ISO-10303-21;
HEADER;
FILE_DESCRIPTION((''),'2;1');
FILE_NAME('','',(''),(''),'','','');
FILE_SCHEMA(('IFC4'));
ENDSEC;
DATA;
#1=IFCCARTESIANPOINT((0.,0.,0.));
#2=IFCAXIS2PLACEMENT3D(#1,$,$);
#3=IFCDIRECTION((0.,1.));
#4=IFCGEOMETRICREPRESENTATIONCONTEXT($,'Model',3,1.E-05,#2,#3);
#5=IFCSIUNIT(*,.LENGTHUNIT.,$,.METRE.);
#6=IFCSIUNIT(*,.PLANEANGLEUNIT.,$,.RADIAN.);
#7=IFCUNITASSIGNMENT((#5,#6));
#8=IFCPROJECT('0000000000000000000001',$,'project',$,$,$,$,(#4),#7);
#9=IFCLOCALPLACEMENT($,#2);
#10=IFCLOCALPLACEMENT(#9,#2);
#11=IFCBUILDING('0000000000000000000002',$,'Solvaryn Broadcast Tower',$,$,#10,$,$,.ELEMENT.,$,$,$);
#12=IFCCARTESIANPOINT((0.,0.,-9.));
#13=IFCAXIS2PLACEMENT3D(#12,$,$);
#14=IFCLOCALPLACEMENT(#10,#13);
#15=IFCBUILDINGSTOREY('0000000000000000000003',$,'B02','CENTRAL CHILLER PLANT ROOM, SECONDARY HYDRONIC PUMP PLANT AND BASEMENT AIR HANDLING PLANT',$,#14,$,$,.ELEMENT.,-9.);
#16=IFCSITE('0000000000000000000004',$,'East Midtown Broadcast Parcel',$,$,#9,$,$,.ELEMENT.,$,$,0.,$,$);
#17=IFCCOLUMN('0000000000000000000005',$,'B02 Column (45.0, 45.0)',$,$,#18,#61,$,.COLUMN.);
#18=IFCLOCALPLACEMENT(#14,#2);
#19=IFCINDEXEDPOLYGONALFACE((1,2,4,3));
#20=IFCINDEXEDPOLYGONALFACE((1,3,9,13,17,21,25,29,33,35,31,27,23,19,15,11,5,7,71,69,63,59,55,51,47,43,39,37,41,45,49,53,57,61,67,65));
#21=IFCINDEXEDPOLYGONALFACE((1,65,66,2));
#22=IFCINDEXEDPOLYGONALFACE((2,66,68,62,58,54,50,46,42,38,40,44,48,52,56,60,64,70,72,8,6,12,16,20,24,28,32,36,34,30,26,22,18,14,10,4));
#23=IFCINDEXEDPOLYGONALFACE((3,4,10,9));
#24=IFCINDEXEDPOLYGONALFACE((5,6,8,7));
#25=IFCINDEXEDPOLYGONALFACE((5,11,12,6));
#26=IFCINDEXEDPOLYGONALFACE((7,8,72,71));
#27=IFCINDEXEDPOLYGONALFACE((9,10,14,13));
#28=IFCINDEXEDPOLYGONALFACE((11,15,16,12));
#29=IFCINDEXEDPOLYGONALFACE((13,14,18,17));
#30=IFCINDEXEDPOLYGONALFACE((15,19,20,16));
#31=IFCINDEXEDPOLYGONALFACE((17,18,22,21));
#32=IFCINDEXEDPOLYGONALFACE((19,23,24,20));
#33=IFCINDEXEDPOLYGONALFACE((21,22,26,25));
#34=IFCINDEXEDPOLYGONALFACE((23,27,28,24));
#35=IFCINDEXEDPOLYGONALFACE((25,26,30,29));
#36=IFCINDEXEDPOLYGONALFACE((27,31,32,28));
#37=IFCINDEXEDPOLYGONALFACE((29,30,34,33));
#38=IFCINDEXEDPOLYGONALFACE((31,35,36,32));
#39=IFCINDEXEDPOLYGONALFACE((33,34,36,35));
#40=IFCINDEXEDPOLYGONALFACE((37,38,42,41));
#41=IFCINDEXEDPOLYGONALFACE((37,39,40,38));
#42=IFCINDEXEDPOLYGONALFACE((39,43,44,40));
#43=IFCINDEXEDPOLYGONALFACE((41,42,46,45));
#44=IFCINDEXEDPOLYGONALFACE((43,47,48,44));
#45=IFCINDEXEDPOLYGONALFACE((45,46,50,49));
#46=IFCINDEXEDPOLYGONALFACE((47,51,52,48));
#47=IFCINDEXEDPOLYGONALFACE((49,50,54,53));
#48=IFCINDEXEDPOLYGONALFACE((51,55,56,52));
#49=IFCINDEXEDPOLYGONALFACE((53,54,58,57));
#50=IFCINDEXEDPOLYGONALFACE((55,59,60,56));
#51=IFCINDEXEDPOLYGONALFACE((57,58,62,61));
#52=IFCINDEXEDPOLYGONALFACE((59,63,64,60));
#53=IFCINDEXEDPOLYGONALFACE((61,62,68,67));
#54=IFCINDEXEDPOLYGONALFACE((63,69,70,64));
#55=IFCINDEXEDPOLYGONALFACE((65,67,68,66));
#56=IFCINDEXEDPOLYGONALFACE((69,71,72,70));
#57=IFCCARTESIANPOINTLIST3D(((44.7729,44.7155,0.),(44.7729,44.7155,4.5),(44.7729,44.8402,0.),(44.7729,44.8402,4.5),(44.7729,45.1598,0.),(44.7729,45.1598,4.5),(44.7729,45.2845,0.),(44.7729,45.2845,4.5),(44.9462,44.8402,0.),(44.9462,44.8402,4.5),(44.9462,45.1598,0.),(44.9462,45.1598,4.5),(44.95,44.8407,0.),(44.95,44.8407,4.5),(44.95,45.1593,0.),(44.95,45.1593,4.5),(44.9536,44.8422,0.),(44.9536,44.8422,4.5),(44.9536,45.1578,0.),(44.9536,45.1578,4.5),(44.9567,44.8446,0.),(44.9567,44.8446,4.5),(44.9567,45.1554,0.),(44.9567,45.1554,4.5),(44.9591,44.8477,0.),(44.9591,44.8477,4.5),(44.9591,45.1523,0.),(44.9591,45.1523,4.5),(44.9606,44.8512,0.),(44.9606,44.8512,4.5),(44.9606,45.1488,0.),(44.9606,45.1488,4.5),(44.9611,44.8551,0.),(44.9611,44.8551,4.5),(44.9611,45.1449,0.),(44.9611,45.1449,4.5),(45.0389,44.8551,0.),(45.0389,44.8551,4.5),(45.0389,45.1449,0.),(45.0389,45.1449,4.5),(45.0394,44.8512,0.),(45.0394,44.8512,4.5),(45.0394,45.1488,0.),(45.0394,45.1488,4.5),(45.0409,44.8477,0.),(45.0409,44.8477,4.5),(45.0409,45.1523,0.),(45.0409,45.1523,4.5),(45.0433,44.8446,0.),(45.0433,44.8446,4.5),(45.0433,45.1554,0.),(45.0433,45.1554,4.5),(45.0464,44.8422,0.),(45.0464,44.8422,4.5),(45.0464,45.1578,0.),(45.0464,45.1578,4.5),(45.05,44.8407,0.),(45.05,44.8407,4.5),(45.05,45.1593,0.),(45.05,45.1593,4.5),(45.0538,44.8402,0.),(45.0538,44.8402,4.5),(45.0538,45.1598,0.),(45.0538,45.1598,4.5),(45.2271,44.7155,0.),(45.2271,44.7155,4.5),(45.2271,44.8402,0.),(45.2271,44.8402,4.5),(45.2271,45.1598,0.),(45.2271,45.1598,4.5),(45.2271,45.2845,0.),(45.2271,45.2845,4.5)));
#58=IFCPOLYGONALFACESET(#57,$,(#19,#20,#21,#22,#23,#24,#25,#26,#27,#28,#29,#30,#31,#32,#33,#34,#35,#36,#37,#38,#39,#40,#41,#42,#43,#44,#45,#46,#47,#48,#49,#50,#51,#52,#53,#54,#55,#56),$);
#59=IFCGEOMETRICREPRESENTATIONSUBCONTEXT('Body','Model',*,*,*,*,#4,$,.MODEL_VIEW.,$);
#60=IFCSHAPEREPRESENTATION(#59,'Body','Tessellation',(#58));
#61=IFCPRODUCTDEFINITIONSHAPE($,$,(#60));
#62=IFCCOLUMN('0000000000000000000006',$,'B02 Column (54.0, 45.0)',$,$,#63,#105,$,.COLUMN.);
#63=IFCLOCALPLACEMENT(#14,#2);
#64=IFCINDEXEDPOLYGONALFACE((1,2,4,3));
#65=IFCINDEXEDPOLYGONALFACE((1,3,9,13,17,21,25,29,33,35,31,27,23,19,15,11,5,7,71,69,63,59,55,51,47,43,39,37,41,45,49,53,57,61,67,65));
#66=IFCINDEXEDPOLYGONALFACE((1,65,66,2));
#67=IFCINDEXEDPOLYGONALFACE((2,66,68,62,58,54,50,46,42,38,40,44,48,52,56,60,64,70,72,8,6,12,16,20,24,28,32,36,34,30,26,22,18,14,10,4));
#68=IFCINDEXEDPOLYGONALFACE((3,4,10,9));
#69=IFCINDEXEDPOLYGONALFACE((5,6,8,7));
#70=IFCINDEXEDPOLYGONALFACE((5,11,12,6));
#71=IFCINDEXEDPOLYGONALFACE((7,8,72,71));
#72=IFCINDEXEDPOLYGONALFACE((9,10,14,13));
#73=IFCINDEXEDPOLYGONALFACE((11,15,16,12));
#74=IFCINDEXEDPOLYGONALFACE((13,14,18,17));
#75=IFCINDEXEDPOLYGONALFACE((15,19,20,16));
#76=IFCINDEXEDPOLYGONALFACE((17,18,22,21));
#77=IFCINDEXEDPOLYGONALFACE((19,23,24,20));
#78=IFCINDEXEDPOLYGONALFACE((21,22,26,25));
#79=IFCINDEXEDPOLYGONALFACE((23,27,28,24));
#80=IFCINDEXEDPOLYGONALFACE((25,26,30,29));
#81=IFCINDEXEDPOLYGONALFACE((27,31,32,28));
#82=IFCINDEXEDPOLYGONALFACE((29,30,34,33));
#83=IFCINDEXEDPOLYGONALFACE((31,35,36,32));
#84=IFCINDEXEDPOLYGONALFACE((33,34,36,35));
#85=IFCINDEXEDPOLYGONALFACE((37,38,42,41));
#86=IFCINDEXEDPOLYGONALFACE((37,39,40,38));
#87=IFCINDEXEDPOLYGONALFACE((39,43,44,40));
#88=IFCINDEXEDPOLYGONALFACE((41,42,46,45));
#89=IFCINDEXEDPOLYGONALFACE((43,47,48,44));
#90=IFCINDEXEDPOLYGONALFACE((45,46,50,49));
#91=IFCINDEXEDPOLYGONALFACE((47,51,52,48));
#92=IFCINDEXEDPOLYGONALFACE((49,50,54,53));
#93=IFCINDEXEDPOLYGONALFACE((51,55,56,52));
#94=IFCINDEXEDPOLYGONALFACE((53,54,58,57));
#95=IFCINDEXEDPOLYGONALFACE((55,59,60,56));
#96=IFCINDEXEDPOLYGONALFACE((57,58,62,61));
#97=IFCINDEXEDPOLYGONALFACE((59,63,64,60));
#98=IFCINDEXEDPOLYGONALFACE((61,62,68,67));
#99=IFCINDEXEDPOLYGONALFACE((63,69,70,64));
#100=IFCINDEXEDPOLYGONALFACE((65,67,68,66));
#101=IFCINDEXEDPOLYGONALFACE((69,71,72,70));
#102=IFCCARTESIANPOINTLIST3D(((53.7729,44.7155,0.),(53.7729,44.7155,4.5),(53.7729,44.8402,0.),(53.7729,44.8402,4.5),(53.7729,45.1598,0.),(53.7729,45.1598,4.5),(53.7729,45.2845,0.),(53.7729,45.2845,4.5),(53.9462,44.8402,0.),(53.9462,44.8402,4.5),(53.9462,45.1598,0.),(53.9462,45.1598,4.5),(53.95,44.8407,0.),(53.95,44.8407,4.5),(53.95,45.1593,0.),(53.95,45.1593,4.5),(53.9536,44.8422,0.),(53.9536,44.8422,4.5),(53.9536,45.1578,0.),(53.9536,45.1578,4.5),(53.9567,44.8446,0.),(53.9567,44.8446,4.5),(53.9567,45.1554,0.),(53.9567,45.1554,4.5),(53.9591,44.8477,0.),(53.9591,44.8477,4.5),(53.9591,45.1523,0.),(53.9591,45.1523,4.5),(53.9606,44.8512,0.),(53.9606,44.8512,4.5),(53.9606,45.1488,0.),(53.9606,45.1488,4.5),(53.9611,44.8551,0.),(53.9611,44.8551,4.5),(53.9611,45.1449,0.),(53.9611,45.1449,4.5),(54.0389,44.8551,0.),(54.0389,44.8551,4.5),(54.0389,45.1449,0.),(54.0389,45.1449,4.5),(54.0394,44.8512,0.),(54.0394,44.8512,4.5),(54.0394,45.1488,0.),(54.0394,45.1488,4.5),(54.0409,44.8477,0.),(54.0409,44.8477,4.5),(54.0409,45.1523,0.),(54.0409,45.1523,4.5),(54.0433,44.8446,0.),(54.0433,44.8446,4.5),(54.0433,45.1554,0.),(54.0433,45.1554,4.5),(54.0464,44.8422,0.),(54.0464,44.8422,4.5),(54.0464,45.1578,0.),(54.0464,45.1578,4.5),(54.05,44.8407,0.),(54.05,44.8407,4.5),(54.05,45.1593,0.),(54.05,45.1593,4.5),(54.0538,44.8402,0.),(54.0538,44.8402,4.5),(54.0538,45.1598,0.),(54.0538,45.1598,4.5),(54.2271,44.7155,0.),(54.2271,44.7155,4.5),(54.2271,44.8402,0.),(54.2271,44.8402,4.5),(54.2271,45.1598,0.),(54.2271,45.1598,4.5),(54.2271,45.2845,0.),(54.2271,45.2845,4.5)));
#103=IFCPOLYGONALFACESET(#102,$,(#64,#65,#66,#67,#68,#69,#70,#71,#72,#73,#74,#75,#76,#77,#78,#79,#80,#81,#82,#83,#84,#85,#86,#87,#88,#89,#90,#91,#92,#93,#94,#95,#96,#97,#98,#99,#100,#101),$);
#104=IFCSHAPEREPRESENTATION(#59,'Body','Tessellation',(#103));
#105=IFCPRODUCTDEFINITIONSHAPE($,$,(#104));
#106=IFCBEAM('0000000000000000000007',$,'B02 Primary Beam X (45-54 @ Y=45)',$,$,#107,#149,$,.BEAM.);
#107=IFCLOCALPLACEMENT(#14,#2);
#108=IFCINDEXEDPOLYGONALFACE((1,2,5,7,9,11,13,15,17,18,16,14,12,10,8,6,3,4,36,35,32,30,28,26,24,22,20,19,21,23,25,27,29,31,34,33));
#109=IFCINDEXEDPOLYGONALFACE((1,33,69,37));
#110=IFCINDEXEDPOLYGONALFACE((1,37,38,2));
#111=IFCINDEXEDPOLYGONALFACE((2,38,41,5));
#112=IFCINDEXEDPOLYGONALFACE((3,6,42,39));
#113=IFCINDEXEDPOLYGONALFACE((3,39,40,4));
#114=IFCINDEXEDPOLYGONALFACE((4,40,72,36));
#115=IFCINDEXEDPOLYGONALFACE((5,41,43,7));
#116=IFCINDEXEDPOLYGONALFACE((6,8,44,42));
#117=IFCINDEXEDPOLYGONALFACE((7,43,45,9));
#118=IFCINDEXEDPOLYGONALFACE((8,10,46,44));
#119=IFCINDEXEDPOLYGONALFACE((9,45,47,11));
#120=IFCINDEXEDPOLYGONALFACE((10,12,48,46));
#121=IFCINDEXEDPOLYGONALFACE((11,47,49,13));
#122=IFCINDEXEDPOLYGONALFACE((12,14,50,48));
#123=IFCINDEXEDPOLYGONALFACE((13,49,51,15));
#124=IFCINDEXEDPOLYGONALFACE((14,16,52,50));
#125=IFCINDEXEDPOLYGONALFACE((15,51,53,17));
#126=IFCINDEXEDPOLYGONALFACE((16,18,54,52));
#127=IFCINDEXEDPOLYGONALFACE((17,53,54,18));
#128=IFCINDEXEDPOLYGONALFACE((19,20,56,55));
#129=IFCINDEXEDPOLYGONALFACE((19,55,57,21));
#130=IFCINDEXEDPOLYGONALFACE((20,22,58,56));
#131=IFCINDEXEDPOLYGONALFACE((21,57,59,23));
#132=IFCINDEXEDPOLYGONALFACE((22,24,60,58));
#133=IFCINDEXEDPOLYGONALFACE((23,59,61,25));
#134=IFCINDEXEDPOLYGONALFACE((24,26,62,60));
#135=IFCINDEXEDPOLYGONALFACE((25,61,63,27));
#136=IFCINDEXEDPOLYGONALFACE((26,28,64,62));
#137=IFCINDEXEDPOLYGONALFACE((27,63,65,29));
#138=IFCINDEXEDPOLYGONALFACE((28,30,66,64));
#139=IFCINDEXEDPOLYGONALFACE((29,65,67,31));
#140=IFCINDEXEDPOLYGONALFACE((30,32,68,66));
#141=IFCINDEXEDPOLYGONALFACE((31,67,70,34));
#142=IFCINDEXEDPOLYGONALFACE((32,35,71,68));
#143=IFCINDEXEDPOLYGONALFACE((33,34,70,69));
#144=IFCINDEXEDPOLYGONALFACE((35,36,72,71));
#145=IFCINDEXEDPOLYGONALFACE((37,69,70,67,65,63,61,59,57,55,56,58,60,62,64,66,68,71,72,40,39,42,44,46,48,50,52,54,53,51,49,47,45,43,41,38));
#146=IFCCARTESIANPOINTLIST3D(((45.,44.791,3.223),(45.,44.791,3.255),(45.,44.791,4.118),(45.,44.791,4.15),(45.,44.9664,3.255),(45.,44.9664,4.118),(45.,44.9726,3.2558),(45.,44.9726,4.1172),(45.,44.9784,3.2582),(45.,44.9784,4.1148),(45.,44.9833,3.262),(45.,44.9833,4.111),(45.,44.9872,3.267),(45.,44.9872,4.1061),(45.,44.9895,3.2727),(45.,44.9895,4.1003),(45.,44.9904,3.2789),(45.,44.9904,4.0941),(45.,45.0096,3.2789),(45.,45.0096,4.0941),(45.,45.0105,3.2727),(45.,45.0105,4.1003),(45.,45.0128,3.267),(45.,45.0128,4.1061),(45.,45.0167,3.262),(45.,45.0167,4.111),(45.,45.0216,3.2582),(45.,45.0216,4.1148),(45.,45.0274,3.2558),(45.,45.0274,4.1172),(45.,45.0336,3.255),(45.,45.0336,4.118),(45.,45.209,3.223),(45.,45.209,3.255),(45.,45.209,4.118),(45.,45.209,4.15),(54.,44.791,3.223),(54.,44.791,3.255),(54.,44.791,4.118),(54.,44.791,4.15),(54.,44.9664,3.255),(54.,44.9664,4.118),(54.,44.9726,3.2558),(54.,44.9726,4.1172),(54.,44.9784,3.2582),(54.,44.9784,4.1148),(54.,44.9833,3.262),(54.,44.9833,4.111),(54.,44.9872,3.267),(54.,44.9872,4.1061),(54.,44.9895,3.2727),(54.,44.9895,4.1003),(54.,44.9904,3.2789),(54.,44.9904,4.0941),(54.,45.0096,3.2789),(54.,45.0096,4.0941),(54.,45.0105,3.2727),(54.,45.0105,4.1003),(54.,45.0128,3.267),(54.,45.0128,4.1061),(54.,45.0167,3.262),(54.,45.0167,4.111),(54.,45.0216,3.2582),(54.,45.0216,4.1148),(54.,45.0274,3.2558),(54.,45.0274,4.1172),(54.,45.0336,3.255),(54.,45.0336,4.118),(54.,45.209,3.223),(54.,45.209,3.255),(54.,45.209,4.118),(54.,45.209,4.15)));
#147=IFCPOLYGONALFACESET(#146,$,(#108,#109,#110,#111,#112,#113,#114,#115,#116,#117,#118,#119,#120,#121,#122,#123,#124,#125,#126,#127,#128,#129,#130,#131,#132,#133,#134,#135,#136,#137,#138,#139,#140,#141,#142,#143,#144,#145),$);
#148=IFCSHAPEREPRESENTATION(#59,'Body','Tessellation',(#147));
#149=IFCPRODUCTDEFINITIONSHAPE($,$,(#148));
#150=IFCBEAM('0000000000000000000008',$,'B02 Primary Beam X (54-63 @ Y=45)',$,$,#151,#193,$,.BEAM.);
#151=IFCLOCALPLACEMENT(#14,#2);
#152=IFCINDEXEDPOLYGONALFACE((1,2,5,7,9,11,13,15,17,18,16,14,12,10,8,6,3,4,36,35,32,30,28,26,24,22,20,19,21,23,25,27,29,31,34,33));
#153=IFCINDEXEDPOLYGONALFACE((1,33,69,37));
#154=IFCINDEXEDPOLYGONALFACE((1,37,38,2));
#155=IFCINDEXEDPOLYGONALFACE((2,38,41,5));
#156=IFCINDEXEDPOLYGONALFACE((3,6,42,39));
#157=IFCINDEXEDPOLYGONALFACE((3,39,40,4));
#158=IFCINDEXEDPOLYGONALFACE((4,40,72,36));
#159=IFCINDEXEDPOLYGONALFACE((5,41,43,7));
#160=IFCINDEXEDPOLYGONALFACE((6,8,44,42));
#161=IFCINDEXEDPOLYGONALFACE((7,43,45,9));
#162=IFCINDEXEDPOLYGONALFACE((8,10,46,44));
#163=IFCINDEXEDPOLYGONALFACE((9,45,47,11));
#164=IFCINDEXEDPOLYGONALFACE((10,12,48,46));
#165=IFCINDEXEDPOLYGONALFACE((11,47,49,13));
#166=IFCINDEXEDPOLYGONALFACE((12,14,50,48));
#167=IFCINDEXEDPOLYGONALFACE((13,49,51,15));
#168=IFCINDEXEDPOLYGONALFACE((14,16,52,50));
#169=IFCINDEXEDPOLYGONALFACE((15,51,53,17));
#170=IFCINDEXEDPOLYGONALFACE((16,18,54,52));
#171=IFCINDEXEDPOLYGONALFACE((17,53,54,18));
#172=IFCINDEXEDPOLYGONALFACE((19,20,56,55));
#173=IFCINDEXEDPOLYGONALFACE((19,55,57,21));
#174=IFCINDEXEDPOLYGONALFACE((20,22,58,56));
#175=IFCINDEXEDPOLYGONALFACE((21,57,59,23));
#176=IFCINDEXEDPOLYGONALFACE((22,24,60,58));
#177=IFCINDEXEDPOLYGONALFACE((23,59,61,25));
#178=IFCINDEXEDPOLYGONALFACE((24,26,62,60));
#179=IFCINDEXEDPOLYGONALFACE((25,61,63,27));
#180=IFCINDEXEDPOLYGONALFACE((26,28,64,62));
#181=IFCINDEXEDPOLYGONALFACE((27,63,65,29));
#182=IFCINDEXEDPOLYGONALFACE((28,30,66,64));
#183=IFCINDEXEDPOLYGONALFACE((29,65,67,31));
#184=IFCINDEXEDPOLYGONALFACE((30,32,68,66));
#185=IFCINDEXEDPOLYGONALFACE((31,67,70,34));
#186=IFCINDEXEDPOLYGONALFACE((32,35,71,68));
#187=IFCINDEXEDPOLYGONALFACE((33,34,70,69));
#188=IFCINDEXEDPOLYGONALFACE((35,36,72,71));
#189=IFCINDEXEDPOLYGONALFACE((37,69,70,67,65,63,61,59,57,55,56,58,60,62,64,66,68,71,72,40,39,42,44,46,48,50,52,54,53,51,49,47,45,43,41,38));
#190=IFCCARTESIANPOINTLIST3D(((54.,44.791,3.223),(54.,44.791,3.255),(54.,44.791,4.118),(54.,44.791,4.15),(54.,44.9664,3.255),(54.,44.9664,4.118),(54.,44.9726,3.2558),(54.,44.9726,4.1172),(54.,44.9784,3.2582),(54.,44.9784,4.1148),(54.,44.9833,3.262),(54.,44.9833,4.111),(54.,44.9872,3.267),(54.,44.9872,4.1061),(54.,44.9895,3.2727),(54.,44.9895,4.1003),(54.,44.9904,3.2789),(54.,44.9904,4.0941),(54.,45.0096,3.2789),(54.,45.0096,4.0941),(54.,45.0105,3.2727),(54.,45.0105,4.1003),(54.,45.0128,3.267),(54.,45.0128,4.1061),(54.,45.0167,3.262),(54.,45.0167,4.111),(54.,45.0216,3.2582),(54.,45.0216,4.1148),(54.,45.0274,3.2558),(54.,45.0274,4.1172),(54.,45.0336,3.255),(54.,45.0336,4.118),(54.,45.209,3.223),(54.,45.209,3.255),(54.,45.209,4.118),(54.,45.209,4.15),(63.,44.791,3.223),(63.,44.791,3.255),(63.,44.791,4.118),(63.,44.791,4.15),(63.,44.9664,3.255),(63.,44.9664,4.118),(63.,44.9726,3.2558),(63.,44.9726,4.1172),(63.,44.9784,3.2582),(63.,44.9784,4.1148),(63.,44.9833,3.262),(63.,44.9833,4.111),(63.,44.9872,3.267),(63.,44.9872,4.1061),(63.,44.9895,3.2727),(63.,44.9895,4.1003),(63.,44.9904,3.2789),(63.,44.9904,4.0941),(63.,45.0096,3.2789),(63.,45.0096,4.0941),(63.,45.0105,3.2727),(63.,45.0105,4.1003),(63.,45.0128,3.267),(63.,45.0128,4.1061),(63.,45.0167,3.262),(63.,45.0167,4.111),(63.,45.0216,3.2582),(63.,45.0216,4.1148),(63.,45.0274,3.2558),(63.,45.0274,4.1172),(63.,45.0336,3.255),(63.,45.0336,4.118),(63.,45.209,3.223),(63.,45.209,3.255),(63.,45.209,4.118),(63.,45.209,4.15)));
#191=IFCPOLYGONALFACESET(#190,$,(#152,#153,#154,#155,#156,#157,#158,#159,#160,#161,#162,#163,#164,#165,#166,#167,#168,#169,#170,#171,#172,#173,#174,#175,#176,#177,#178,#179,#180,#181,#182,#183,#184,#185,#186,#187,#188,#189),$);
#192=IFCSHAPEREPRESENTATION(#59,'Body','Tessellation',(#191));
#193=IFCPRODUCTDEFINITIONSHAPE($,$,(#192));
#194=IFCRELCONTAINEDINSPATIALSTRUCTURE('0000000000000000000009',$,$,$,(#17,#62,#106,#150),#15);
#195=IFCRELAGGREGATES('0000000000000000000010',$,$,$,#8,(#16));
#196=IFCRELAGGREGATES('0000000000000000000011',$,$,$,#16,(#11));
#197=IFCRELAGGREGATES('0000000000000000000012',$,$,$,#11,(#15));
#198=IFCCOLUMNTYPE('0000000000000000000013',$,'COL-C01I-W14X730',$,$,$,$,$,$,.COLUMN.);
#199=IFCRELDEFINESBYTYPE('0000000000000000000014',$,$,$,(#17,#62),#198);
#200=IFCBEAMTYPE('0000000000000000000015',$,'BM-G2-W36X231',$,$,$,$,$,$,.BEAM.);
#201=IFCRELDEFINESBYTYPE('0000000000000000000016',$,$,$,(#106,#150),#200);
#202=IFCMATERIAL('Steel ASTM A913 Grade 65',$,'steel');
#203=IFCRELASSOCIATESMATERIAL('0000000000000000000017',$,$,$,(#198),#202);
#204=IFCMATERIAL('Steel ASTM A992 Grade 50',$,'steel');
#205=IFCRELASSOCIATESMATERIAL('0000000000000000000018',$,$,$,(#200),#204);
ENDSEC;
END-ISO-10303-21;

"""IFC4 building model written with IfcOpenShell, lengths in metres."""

from ifc_helpers import new_model, si_unit, direction, frame, origin, origin_2d, place, context, subcontext, project, spatial, i_section, extrude, material, material_profile, profile_set, type_object, element, save


model = new_model("IFC4")

# Units and contexts
model_context = context("Model", 3, precision=1e-05, world=origin(), true_north=direction((0.0, 1.0)))
body_context = subcontext(model_context, "Body", "Model", "MODEL_VIEW")
ifc_project = project(units=[si_unit("LENGTHUNIT", "METRE"), si_unit("PLANEANGLEUNIT", "RADIAN")], contexts=[model_context])

# Site, building, storey
site_placement = place(None, origin())
site = spatial("IfcSite", under=ifc_project, at=site_placement, Name="East Midtown Broadcast Parcel", CompositionType="ELEMENT", RefElevation=0.0)
building_placement = place(site_placement, origin())
building = spatial("IfcBuilding", under=site, at=building_placement, Name="Solvaryn Broadcast Tower", CompositionType="ELEMENT")
storey_placement = place(building_placement, frame((0.0, 0.0, -9.0)))
storey = spatial("IfcBuildingStorey", under=building, at=storey_placement, Name="B02", Description="CENTRAL CHILLER PLANT ROOM, SECONDARY HYDRONIC PUMP PLANT AND BASEMENT AIR HANDLING PLANT", CompositionType="ELEMENT", Elevation=-9.0)

# Columns
ifc_material_1 = material(Name="Steel ASTM A913 Grade 65", Category="steel")
ifc_material_profile_1 = material_profile(ifc_material_1, i_section(OverallWidth=0.4541, OverallDepth=0.5691, WebThickness=0.0779, FlangeThickness=0.1248, FilletRadius=0.0149, at=origin_2d()))
ifc_profile_set_1 = profile_set([ifc_material_profile_1], Name="Steel ASTM A913 Grade 65")
column_type_1 = type_object("IfcColumnType", Name="COL-C01I-W14X730", PredefinedType="COLUMN", material=ifc_profile_set_1)
for number, where, z_axis, x_axis, name in (
    (1, (45.0, 45.0, 0.0), (0.0, 0.0, 1.0), (1.0, 0.0, 0.0), "B02 Column (45.0, 45.0)"),
    (2, (54.0, 45.0, 0.0), (0.0, 0.0, 1.0), (1.0, 0.0, 0.0), "B02 Column (54.0, 45.0)"),
):
    element("IfcColumn", number, at=place(storey_placement, frame(where, z_axis=z_axis, x_axis=x_axis)), inside=storey, type_object=column_type_1, Name=name, PredefinedType="COLUMN", context=body_context, shape_type="SweptSolid", body=[
        extrude(i_section(OverallWidth=0.4541, OverallDepth=0.5691, WebThickness=0.0779, FlangeThickness=0.1248, FilletRadius=0.0149, at=origin_2d()), origin(), (0.0, 0.0, 1.0), 4.5),
    ])

# Beams
ifc_material_2 = material(Name="Steel ASTM A992 Grade 50", Category="steel")
ifc_material_profile_2 = material_profile(ifc_material_2, i_section(OverallWidth=0.418, OverallDepth=0.927, WebThickness=0.0193, FlangeThickness=0.032, FilletRadius=0.0239, at=origin_2d()))
ifc_profile_set_2 = profile_set([ifc_material_profile_2], Name="Steel ASTM A992 Grade 50")
beam_type_1 = type_object("IfcBeamType", Name="BM-G2-W36X231", PredefinedType="BEAM", material=ifc_profile_set_2)
for number, where, z_axis, x_axis, name in (
    (3, (45.0, 45.0, 3.6865), (1.0, 0.0, 0.0), (0.0, 1.0, 0.0), "B02 Primary Beam X (45-54 @ Y=45)"),
    (4, (54.0, 45.0, 3.6865), (1.0, 0.0, 0.0), (0.0, 1.0, 0.0), "B02 Primary Beam X (54-63 @ Y=45)"),
):
    element("IfcBeam", number, at=place(storey_placement, frame(where, z_axis=z_axis, x_axis=x_axis)), inside=storey, type_object=beam_type_1, Name=name, PredefinedType="BEAM", context=body_context, shape_type="SweptSolid", body=[
        extrude(i_section(OverallWidth=0.418, OverallDepth=0.927, WebThickness=0.0193, FlangeThickness=0.032, FilletRadius=0.0239, at=origin_2d()), origin(), (0.0, 0.0, 1.0), 9.0),
    ])

save(model, "model.ifc")
